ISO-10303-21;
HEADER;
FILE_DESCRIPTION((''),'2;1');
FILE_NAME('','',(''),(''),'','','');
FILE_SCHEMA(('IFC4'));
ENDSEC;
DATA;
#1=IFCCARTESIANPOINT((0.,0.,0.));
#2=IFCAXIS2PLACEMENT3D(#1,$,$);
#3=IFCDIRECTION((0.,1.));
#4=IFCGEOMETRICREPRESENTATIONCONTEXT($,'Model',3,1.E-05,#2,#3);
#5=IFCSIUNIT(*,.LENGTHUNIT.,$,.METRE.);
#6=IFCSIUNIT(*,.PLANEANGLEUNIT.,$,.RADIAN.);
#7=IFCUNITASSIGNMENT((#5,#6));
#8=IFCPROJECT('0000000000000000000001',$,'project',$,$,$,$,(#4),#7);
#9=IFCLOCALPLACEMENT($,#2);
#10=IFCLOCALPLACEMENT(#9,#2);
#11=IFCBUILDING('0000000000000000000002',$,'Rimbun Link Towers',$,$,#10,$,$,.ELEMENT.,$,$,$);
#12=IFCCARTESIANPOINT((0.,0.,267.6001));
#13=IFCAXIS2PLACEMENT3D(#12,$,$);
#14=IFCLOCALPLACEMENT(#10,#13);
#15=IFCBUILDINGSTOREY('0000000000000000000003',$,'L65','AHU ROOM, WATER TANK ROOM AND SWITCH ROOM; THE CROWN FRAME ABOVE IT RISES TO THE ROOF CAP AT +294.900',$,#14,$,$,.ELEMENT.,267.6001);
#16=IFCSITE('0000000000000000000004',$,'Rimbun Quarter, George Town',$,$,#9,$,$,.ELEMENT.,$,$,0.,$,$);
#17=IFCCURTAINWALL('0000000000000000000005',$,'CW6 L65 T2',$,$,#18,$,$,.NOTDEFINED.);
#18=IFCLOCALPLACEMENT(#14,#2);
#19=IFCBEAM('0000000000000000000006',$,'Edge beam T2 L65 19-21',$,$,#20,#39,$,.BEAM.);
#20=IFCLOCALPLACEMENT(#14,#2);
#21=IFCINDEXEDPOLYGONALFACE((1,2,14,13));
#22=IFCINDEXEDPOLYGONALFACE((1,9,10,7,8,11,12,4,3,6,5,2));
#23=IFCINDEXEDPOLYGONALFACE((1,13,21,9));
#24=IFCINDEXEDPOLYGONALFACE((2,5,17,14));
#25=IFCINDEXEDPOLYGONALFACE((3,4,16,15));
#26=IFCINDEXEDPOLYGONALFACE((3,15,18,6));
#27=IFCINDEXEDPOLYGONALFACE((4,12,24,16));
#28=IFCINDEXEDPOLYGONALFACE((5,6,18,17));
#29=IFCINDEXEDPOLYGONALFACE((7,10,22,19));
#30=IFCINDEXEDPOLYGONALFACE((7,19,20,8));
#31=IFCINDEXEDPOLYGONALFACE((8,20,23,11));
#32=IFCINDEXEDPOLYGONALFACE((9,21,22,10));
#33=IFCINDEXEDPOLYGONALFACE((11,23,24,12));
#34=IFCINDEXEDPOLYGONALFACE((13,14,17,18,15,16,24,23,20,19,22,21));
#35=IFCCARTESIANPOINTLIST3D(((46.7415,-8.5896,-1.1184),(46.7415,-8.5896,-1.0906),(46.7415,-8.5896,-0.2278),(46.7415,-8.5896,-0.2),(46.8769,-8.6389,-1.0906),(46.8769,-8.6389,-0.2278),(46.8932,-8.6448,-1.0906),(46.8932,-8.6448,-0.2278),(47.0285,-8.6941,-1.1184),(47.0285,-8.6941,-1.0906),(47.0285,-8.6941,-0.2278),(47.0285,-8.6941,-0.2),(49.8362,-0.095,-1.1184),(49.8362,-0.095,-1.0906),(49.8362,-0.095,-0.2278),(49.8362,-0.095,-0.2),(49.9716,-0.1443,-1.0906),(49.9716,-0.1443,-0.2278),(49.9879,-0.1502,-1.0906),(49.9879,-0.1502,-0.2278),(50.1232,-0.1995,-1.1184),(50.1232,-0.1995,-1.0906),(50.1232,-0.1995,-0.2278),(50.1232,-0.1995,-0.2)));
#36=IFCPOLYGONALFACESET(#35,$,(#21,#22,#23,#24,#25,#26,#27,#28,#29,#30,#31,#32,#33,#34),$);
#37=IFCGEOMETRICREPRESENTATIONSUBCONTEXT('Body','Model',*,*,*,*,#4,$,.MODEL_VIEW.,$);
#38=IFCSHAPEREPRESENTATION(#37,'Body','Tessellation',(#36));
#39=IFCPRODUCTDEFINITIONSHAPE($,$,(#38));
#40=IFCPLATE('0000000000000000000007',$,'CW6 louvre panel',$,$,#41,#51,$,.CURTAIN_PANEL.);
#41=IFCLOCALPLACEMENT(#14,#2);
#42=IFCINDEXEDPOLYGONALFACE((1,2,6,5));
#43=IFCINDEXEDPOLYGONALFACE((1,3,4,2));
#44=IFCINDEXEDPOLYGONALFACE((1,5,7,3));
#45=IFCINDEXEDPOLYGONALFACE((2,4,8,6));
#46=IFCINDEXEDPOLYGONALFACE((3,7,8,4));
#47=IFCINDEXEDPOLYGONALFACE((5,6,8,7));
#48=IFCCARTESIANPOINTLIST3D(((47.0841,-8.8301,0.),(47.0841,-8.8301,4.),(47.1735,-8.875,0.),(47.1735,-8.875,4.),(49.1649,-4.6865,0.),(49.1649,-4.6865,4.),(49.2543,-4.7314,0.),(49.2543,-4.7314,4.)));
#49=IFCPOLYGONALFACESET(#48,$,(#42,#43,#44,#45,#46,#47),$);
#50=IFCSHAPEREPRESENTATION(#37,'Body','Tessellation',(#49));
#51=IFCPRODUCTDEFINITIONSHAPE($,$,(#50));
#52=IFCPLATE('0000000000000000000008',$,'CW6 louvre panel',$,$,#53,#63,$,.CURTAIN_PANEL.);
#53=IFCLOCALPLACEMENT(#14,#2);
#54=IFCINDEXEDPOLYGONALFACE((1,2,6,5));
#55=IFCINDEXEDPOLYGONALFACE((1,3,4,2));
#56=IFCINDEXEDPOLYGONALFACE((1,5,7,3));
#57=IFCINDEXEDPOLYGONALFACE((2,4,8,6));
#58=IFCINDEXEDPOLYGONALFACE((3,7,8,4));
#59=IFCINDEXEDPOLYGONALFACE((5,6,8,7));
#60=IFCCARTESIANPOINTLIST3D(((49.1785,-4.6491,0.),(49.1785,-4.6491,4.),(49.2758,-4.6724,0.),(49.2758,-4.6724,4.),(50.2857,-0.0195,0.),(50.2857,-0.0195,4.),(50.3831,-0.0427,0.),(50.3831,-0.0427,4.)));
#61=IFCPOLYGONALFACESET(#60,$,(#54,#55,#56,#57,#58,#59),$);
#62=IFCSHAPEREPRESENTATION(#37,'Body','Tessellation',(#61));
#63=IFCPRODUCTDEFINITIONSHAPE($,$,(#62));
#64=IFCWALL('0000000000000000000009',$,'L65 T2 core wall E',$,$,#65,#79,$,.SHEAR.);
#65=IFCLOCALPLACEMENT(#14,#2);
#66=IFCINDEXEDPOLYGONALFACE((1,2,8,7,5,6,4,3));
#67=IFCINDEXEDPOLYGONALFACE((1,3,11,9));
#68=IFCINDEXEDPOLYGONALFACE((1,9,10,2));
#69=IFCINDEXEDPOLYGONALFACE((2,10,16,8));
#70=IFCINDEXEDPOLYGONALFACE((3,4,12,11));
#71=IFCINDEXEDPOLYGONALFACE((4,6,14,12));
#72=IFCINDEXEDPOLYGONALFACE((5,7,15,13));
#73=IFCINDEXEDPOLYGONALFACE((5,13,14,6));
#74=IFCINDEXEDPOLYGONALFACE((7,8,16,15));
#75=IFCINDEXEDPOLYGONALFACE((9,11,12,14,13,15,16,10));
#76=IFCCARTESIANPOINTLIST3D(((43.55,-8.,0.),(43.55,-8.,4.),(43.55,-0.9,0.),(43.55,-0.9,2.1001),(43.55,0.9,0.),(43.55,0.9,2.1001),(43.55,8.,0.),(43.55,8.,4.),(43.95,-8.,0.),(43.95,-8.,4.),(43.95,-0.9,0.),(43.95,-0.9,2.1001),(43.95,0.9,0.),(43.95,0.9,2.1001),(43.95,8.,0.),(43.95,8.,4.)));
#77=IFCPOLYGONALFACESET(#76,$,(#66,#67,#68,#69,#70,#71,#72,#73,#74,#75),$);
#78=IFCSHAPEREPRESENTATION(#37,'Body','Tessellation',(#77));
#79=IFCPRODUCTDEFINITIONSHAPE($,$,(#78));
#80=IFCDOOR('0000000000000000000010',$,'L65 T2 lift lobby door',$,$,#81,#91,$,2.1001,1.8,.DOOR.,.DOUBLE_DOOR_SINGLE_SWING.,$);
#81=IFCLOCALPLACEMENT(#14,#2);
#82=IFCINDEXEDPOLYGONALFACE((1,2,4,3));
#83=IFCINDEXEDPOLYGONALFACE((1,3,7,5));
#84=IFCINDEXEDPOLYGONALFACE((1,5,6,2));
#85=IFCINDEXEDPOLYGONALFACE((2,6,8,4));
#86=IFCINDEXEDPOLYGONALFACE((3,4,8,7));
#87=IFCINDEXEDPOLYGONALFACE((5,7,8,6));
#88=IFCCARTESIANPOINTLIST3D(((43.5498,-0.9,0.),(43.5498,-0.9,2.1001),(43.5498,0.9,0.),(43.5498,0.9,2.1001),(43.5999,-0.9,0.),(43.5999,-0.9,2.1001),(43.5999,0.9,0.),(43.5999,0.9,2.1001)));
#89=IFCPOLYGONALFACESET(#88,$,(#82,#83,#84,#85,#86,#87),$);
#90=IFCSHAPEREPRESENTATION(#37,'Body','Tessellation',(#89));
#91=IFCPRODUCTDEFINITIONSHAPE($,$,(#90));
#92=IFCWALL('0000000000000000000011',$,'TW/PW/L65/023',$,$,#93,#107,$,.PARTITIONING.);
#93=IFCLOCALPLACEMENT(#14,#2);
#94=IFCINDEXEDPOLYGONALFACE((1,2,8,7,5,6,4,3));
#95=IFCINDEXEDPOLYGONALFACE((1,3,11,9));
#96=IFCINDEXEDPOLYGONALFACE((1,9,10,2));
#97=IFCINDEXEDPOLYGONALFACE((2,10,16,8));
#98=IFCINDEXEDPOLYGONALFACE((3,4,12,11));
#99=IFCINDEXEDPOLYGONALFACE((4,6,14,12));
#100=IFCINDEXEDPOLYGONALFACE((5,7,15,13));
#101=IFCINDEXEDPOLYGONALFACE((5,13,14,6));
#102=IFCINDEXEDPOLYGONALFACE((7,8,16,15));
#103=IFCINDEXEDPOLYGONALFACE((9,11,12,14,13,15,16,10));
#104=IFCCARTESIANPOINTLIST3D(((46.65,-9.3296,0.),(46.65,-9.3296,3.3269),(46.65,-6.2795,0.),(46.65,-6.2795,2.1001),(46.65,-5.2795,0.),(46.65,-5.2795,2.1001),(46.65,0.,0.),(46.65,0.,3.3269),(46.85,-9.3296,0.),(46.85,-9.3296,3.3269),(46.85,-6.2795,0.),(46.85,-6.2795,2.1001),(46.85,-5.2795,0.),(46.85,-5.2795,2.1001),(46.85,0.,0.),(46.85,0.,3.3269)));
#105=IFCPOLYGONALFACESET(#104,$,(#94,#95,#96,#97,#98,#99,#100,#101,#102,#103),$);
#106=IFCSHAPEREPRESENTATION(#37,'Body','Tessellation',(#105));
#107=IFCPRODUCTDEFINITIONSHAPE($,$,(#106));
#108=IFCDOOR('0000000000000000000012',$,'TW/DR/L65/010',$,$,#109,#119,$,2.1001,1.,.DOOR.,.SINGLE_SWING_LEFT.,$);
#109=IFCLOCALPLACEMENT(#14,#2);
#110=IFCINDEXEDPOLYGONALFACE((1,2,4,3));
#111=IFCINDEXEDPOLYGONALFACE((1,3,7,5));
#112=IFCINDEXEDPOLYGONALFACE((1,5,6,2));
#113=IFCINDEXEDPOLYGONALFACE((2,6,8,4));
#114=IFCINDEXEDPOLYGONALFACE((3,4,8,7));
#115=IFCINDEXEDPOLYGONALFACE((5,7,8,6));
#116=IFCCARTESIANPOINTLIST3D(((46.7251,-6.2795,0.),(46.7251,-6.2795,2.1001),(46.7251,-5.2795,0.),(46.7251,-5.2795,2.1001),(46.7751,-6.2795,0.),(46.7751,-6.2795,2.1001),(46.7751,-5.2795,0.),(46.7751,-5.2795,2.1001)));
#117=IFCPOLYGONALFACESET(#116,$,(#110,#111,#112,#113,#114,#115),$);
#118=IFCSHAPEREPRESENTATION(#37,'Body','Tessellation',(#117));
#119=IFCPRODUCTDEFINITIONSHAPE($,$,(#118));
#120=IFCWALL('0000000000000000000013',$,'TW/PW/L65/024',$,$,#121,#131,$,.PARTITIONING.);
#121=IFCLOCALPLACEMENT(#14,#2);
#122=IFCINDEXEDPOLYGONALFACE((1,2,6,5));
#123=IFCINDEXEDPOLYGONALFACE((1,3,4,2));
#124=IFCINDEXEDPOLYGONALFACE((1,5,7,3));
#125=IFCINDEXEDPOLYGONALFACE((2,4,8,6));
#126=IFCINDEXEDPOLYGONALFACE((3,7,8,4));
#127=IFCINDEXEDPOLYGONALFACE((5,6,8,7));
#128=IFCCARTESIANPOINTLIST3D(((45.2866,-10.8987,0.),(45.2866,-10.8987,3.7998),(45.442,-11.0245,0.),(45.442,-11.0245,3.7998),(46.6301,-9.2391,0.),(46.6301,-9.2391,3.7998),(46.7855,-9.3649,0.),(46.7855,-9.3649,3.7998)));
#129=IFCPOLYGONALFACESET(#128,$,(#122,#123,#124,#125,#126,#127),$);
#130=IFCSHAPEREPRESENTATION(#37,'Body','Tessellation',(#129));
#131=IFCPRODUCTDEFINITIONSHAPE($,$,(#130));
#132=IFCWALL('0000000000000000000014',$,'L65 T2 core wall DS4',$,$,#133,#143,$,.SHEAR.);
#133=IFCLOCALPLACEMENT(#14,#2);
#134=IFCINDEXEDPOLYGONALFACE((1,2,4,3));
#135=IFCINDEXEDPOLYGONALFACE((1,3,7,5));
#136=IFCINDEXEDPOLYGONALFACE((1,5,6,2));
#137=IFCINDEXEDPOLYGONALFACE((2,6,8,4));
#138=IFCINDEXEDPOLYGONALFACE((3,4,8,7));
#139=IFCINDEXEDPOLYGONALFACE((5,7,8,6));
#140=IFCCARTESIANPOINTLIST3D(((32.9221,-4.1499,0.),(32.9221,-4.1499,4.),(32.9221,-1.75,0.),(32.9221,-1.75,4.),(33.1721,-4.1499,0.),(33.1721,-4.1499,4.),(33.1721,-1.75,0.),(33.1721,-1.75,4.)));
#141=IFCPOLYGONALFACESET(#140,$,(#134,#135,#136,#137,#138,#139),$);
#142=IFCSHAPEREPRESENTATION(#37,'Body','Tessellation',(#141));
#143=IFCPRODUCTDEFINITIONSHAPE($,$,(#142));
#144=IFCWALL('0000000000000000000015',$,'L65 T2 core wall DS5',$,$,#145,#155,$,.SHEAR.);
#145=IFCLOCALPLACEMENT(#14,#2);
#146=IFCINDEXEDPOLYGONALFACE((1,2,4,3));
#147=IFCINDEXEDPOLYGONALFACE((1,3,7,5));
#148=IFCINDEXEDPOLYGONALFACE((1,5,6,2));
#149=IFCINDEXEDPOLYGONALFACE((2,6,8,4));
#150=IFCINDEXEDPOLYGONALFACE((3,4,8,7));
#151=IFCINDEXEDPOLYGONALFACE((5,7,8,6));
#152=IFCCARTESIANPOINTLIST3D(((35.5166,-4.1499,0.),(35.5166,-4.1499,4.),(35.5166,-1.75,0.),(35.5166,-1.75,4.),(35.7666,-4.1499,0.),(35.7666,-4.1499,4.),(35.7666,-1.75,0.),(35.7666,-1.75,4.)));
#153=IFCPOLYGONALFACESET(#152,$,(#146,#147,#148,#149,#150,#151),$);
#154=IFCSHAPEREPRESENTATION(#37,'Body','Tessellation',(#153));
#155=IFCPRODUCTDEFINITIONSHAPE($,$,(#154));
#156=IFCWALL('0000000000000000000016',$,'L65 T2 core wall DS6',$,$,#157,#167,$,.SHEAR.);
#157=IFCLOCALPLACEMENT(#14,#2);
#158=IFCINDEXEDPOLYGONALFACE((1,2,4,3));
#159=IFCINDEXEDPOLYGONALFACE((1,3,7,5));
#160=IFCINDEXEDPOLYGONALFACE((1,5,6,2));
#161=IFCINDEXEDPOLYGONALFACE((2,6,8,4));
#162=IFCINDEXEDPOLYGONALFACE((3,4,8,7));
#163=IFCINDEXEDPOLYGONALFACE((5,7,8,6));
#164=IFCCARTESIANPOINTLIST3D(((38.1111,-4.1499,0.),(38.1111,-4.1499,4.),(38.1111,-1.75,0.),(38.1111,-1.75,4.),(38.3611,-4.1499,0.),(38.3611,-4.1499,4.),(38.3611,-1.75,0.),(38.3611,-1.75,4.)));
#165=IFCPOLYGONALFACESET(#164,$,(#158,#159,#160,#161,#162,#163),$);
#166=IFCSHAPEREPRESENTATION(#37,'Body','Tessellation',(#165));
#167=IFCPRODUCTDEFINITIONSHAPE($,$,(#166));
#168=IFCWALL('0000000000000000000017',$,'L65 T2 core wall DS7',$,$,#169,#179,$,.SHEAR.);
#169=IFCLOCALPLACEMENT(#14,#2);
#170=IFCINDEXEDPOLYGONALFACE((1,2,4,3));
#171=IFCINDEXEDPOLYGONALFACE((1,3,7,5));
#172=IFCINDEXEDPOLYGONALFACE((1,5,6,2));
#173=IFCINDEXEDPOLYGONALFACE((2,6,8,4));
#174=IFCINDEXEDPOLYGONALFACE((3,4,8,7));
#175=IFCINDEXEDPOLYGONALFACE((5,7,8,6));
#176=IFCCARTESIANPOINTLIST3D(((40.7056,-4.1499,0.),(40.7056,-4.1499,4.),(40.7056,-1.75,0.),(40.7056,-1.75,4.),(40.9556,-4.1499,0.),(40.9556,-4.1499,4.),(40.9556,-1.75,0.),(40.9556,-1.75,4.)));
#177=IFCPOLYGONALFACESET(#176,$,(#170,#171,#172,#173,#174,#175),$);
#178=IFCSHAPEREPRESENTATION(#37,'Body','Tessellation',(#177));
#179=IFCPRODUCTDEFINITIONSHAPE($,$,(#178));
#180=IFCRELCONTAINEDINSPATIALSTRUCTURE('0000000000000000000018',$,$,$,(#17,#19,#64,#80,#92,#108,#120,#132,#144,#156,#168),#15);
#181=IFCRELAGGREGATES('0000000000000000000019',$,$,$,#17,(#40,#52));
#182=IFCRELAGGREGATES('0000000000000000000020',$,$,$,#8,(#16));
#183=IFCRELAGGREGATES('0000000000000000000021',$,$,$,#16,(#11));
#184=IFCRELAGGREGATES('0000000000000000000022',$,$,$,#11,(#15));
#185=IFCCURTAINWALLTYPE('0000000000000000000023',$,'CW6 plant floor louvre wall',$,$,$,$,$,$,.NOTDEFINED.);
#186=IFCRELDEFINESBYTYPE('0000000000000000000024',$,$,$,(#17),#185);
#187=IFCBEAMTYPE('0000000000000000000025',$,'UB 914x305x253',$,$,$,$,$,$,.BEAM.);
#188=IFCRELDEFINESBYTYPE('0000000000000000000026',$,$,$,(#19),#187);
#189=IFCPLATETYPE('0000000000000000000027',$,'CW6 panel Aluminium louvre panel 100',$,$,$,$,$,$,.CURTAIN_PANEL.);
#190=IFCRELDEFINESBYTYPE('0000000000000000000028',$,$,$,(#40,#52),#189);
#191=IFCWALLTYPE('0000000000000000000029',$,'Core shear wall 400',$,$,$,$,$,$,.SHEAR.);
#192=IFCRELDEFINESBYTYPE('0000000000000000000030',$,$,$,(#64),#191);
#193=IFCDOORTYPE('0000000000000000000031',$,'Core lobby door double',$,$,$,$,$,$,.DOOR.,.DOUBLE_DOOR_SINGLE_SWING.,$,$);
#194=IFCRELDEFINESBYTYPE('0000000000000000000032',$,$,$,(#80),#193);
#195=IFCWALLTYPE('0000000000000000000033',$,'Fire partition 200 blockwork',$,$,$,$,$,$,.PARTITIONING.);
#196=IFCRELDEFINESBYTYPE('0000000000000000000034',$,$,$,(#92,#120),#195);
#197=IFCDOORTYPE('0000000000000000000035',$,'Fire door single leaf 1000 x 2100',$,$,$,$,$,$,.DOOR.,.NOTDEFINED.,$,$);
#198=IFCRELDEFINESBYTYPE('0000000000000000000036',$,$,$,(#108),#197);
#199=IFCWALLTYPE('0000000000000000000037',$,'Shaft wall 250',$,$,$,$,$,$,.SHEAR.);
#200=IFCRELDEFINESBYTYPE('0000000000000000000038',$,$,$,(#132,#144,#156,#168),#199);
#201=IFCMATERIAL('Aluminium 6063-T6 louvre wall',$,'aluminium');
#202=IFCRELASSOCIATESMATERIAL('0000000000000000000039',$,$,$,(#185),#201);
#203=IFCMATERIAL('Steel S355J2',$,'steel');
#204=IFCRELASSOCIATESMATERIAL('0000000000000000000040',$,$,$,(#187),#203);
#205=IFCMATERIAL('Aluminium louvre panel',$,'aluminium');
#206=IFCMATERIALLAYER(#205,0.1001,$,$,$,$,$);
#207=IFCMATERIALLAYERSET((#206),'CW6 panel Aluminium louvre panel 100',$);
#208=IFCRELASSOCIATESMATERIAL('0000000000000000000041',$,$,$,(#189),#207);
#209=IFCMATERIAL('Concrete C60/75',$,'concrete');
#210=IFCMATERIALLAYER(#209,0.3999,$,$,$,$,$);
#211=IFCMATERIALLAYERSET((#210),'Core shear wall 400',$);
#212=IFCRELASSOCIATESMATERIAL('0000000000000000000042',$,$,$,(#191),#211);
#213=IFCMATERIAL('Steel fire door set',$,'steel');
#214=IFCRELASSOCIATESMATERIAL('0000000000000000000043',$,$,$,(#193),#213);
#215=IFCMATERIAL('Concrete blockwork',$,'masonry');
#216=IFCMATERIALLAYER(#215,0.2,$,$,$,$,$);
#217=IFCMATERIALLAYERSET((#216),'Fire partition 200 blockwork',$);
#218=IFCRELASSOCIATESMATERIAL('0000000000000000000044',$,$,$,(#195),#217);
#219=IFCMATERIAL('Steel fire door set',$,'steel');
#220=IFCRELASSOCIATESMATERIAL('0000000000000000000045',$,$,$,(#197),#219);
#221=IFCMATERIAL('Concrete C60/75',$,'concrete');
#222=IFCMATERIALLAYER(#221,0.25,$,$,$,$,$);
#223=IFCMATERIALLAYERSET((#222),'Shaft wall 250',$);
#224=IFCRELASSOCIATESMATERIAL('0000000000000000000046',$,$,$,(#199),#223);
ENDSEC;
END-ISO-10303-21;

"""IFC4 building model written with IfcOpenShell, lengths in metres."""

from ifc_helpers import new_model, si_unit, direction, frame, frame_2d, origin, origin_2d, place, context, subcontext, project, spatial, rectangle, i_section, extrude, material, layer, layer_set, material_profile, profile_set, type_object, element, fill, aggregate, save


model = new_model("IFC4")

# Units and contexts
model_context = context("Model", 3, precision=1e-05, world=origin(), true_north=direction((0.0, 1.0)))
body_context = subcontext(model_context, "Body", "Model", "MODEL_VIEW")
ifc_project = project(units=[si_unit("LENGTHUNIT", "METRE"), si_unit("PLANEANGLEUNIT", "RADIAN")], contexts=[model_context])

# Site, building, storey
site_placement = place(None, origin())
site = spatial("IfcSite", under=ifc_project, at=site_placement, Name="Rimbun Quarter, George Town", CompositionType="ELEMENT", RefElevation=0.0)
building_placement = place(site_placement, origin())
building = spatial("IfcBuilding", under=site, at=building_placement, Name="Rimbun Link Towers", CompositionType="ELEMENT")
storey_placement = place(building_placement, frame((0.0, 0.0, 267.6001)))
storey = spatial("IfcBuildingStorey", under=building, at=storey_placement, Name="L65", Description="AHU ROOM, WATER TANK ROOM AND SWITCH ROOM; THE CROWN FRAME ABOVE IT RISES TO THE ROOF CAP AT +294.900", CompositionType="ELEMENT", Elevation=267.6001)

# Curtain wall
ifc_material_1 = material(Name="Aluminium 6063-T6 louvre wall", Category="aluminium")
curtain_wall_type = type_object("IfcCurtainWallType", Name="CW6 plant floor louvre wall", PredefinedType="NOTDEFINED", material=ifc_material_1)
curtain_wall_placement = place(storey_placement, origin())
curtain_wall = element("IfcCurtainWall", 1, at=curtain_wall_placement, inside=storey, type_object=curtain_wall_type, Name="CW6 L65 T2", PredefinedType="NOTDEFINED")

# Beam
ifc_material_2 = material(Name="Steel S355J2", Category="steel")
ifc_material_profile_1 = material_profile(ifc_material_2, i_section(OverallWidth=0.3054, OverallDepth=0.9185, WebThickness=0.0173, FlangeThickness=0.0278, at=origin_2d()), Name="UB 914x305x253")
ifc_profile_set_1 = profile_set([ifc_material_profile_1], Name="Steel S355J2")
beam_type_1 = type_object("IfcBeamType", Name="UB 914x305x253", PredefinedType="BEAM", material=ifc_profile_set_1)
beam_1_placement = place(storey_placement, frame((46.885, -8.6418, -0.6592), z_axis=(0.342307, 0.939588, 0.0), x_axis=(-0.939588, 0.342307, 0.0)))
element("IfcBeam", 2, at=beam_1_placement, inside=storey, type_object=beam_type_1, Name="Edge beam T2 L65 19-21", PredefinedType="BEAM", context=body_context, shape_type="SweptSolid", body=[
    extrude(i_section(OverallWidth=0.3054, OverallDepth=0.9185, WebThickness=0.0173, FlangeThickness=0.0278, at=origin_2d()), origin(), (0.0, 0.0, 1.0), 9.0408),
])

# Plates
ifc_material_3 = material(Name="Aluminium louvre panel", Category="aluminium")
ifc_layer_1 = layer(ifc_material_3, 0.1001)
ifc_layer_set_1 = layer_set([ifc_layer_1], Name="CW6 panel Aluminium louvre panel 100")
plate_type = type_object("IfcPlateType", Name="CW6 panel Aluminium louvre panel 100", PredefinedType="CURTAIN_PANEL", material=ifc_layer_set_1)
plate_1_placement = place(storey_placement, frame((48.1692, -6.7808, 0.0), z_axis=(0.0, 0.0, 1.0), x_axis=(-0.448761, -0.893652, 0.0)))
plate_1 = element("IfcPlate", 3, at=plate_1_placement, type_object=plate_type, Name="CW6 louvre panel", PredefinedType="CURTAIN_PANEL", context=body_context, shape_type="SweptSolid", body=[
    extrude(rectangle(XDim=4.6367, YDim=0.1001, at=origin_2d()), origin(), (0.0, 0.0, 1.0), 4.0),
])
plate_2_placement = place(storey_placement, frame((49.7808, -2.3459, 0.0), z_axis=(0.0, 0.0, 1.0), x_axis=(-0.232607, -0.972571, 0.0)))
plate_2 = element("IfcPlate", 4, at=plate_2_placement, type_object=plate_type, Name="CW6 louvre panel", PredefinedType="CURTAIN_PANEL", context=body_context, shape_type="SweptSolid", body=[
    extrude(rectangle(XDim=4.7603, YDim=0.1001, at=origin_2d()), origin(), (0.0, 0.0, 1.0), 4.0),
])
aggregate(curtain_wall, [plate_1, plate_2])

# Walls, openings, doors
ifc_material_4 = material(Name="Concrete C60/75", Category="concrete")
ifc_layer_2 = layer(ifc_material_4, 0.3999)
ifc_layer_set_2 = layer_set([ifc_layer_2], Name="Core shear wall 400")
wall_type_1 = type_object("IfcWallType", Name="Core shear wall 400", PredefinedType="SHEAR", material=ifc_layer_set_2)
wall_1_placement = place(storey_placement, frame((43.75, -8.0, 0.0), z_axis=(0.0, 0.0, 1.0), x_axis=(0.0, 1.0, 0.0)))
wall_1 = element("IfcWall", 5, at=wall_1_placement, inside=storey, type_object=wall_type_1, Name="L65 T2 core wall E", PredefinedType="SHEAR", context=body_context, shape_type="SweptSolid", body=[
    extrude(rectangle(XDim=16.0, YDim=0.3999, at=frame_2d((8.0, 0.0))), origin(), (0.0, 0.0, 1.0), 4.0),
])
opening_1_placement = place(wall_1_placement, frame((7.1001, 0.0, 0.0)))
opening_1 = element("IfcOpeningElement", 6, at=opening_1_placement, cuts=wall_1, PredefinedType="OPENING", context=body_context, shape_type="SweptSolid", body=[
    extrude(rectangle(XDim=1.8, YDim=2.1001, at=frame_2d((0.8999, 1.05))), frame((0.0, 0.21, 0.0), z_axis=(0.0, -1.0, 0.0), x_axis=(1.0, 0.0, 0.0)), (0.0, 0.0, 1.0), 0.4199),
])
ifc_material_5 = material(Name="Steel fire door set", Category="steel")
door_type_1 = type_object("IfcDoorType", Name="Core lobby door double", OperationType="DOUBLE_DOOR_SINGLE_SWING", PredefinedType="DOOR", material=ifc_material_5)
door_1_placement = place(opening_1_placement, origin())
door_1 = element("IfcDoor", 7, at=door_1_placement, inside=storey, type_object=door_type_1, Name="L65 T2 lift lobby door", OperationType="DOUBLE_DOOR_SINGLE_SWING", OverallHeight=2.1001, OverallWidth=1.8, PredefinedType="DOOR", context=body_context, shape_type="SweptSolid", body=[
    extrude(rectangle(XDim=1.8, YDim=2.1001, at=frame_2d((0.8999, 1.05))), frame((0.0, 0.2002, 0.0), z_axis=(0.0, -1.0, 0.0), x_axis=(1.0, 0.0, 0.0)), (0.0, 0.0, 1.0), 0.05),
])
fill(opening_1, door_1)
ifc_material_6 = material(Name="Concrete blockwork", Category="masonry")
ifc_layer_3 = layer(ifc_material_6, 0.2)
ifc_layer_set_3 = layer_set([ifc_layer_3], Name="Fire partition 200 blockwork")
wall_type_2 = type_object("IfcWallType", Name="Fire partition 200 blockwork", PredefinedType="PARTITIONING", material=ifc_layer_set_3)
wall_2_placement = place(storey_placement, frame((46.75, -9.3296, 0.0), z_axis=(0.0, 0.0, 1.0), x_axis=(0.0, 1.0, 0.0)))
wall_2 = element("IfcWall", 8, at=wall_2_placement, inside=storey, type_object=wall_type_2, Name="TW/PW/L65/023", PredefinedType="PARTITIONING", context=body_context, shape_type="SweptSolid", body=[
    extrude(rectangle(XDim=9.3296, YDim=0.2, at=frame_2d((4.6648, 0.0))), origin(), (0.0, 0.0, 1.0), 3.3269),
])
opening_2_placement = place(wall_2_placement, frame((3.05, 0.0, 0.0)))
opening_2 = element("IfcOpeningElement", 9, at=opening_2_placement, cuts=wall_2, PredefinedType="OPENING", context=body_context, shape_type="SweptSolid", body=[
    extrude(rectangle(XDim=1.0, YDim=2.1001, at=frame_2d((0.5, 1.05))), frame((0.0, 0.1099, 0.0), z_axis=(0.0, -1.0, 0.0), x_axis=(1.0, 0.0, 0.0)), (0.0, 0.0, 1.0), 0.22),
])
ifc_material_7 = material(Name="Steel fire door set", Category="steel")
door_type_2 = type_object("IfcDoorType", Name="Fire door single leaf 1000 x 2100", OperationType="NOTDEFINED", PredefinedType="DOOR", material=ifc_material_7)
door_2_placement = place(opening_2_placement, origin())
door_2 = element("IfcDoor", 10, at=door_2_placement, inside=storey, type_object=door_type_2, Name="TW/DR/L65/010", OperationType="SINGLE_SWING_LEFT", OverallHeight=2.1001, OverallWidth=1.0, PredefinedType="DOOR", context=body_context, shape_type="SweptSolid", body=[
    extrude(rectangle(XDim=1.0, YDim=2.1001, at=frame_2d((0.5, 1.05))), frame((0.0, 0.0249, 0.0), z_axis=(0.0, -1.0, 0.0), x_axis=(1.0, 0.0, 0.0)), (0.0, 0.0, 1.0), 0.05),
])
fill(opening_2, door_2)

# Walls
wall_3_placement = place(storey_placement, frame((46.7078, -9.302, 0.0), z_axis=(0.0, 0.0, 1.0), x_axis=(-0.629188, -0.777253, 0.0)))
element("IfcWall", 11, at=wall_3_placement, inside=storey, type_object=wall_type_2, Name="TW/PW/L65/024", PredefinedType="PARTITIONING", context=body_context, shape_type="SweptSolid", body=[
    extrude(rectangle(XDim=2.1353, YDim=0.2, at=frame_2d((1.0676, 0.0))), origin(), (0.0, 0.0, 1.0), 3.7998),
])
ifc_material_8 = material(Name="Concrete C60/75", Category="concrete")
ifc_layer_4 = layer(ifc_material_8, 0.25)
ifc_layer_set_4 = layer_set([ifc_layer_4], Name="Shaft wall 250")
wall_type_3 = type_object("IfcWallType", Name="Shaft wall 250", PredefinedType="SHEAR", material=ifc_layer_set_4)
for number, where, z_axis, x_axis, name in (
    (12, (33.0471, -4.1499, 0.0), (0.0, 0.0, 1.0), (0.0, 1.0, 0.0), "L65 T2 core wall DS4"),
    (13, (35.6416, -4.1499, 0.0), (0.0, 0.0, 1.0), (0.0, 1.0, 0.0), "L65 T2 core wall DS5"),
    (14, (38.2361, -4.1499, 0.0), (0.0, 0.0, 1.0), (0.0, 1.0, 0.0), "L65 T2 core wall DS6"),
    (15, (40.8306, -4.1499, 0.0), (0.0, 0.0, 1.0), (0.0, 1.0, 0.0), "L65 T2 core wall DS7"),
):
    element("IfcWall", number, at=place(storey_placement, frame(where, z_axis=z_axis, x_axis=x_axis)), inside=storey, type_object=wall_type_3, Name=name, PredefinedType="SHEAR", context=body_context, shape_type="SweptSolid", body=[
        extrude(rectangle(XDim=2.3999, YDim=0.25, at=frame_2d((1.2, 0.0))), origin(), (0.0, 0.0, 1.0), 4.0),
    ])

save(model, "model.ifc")
